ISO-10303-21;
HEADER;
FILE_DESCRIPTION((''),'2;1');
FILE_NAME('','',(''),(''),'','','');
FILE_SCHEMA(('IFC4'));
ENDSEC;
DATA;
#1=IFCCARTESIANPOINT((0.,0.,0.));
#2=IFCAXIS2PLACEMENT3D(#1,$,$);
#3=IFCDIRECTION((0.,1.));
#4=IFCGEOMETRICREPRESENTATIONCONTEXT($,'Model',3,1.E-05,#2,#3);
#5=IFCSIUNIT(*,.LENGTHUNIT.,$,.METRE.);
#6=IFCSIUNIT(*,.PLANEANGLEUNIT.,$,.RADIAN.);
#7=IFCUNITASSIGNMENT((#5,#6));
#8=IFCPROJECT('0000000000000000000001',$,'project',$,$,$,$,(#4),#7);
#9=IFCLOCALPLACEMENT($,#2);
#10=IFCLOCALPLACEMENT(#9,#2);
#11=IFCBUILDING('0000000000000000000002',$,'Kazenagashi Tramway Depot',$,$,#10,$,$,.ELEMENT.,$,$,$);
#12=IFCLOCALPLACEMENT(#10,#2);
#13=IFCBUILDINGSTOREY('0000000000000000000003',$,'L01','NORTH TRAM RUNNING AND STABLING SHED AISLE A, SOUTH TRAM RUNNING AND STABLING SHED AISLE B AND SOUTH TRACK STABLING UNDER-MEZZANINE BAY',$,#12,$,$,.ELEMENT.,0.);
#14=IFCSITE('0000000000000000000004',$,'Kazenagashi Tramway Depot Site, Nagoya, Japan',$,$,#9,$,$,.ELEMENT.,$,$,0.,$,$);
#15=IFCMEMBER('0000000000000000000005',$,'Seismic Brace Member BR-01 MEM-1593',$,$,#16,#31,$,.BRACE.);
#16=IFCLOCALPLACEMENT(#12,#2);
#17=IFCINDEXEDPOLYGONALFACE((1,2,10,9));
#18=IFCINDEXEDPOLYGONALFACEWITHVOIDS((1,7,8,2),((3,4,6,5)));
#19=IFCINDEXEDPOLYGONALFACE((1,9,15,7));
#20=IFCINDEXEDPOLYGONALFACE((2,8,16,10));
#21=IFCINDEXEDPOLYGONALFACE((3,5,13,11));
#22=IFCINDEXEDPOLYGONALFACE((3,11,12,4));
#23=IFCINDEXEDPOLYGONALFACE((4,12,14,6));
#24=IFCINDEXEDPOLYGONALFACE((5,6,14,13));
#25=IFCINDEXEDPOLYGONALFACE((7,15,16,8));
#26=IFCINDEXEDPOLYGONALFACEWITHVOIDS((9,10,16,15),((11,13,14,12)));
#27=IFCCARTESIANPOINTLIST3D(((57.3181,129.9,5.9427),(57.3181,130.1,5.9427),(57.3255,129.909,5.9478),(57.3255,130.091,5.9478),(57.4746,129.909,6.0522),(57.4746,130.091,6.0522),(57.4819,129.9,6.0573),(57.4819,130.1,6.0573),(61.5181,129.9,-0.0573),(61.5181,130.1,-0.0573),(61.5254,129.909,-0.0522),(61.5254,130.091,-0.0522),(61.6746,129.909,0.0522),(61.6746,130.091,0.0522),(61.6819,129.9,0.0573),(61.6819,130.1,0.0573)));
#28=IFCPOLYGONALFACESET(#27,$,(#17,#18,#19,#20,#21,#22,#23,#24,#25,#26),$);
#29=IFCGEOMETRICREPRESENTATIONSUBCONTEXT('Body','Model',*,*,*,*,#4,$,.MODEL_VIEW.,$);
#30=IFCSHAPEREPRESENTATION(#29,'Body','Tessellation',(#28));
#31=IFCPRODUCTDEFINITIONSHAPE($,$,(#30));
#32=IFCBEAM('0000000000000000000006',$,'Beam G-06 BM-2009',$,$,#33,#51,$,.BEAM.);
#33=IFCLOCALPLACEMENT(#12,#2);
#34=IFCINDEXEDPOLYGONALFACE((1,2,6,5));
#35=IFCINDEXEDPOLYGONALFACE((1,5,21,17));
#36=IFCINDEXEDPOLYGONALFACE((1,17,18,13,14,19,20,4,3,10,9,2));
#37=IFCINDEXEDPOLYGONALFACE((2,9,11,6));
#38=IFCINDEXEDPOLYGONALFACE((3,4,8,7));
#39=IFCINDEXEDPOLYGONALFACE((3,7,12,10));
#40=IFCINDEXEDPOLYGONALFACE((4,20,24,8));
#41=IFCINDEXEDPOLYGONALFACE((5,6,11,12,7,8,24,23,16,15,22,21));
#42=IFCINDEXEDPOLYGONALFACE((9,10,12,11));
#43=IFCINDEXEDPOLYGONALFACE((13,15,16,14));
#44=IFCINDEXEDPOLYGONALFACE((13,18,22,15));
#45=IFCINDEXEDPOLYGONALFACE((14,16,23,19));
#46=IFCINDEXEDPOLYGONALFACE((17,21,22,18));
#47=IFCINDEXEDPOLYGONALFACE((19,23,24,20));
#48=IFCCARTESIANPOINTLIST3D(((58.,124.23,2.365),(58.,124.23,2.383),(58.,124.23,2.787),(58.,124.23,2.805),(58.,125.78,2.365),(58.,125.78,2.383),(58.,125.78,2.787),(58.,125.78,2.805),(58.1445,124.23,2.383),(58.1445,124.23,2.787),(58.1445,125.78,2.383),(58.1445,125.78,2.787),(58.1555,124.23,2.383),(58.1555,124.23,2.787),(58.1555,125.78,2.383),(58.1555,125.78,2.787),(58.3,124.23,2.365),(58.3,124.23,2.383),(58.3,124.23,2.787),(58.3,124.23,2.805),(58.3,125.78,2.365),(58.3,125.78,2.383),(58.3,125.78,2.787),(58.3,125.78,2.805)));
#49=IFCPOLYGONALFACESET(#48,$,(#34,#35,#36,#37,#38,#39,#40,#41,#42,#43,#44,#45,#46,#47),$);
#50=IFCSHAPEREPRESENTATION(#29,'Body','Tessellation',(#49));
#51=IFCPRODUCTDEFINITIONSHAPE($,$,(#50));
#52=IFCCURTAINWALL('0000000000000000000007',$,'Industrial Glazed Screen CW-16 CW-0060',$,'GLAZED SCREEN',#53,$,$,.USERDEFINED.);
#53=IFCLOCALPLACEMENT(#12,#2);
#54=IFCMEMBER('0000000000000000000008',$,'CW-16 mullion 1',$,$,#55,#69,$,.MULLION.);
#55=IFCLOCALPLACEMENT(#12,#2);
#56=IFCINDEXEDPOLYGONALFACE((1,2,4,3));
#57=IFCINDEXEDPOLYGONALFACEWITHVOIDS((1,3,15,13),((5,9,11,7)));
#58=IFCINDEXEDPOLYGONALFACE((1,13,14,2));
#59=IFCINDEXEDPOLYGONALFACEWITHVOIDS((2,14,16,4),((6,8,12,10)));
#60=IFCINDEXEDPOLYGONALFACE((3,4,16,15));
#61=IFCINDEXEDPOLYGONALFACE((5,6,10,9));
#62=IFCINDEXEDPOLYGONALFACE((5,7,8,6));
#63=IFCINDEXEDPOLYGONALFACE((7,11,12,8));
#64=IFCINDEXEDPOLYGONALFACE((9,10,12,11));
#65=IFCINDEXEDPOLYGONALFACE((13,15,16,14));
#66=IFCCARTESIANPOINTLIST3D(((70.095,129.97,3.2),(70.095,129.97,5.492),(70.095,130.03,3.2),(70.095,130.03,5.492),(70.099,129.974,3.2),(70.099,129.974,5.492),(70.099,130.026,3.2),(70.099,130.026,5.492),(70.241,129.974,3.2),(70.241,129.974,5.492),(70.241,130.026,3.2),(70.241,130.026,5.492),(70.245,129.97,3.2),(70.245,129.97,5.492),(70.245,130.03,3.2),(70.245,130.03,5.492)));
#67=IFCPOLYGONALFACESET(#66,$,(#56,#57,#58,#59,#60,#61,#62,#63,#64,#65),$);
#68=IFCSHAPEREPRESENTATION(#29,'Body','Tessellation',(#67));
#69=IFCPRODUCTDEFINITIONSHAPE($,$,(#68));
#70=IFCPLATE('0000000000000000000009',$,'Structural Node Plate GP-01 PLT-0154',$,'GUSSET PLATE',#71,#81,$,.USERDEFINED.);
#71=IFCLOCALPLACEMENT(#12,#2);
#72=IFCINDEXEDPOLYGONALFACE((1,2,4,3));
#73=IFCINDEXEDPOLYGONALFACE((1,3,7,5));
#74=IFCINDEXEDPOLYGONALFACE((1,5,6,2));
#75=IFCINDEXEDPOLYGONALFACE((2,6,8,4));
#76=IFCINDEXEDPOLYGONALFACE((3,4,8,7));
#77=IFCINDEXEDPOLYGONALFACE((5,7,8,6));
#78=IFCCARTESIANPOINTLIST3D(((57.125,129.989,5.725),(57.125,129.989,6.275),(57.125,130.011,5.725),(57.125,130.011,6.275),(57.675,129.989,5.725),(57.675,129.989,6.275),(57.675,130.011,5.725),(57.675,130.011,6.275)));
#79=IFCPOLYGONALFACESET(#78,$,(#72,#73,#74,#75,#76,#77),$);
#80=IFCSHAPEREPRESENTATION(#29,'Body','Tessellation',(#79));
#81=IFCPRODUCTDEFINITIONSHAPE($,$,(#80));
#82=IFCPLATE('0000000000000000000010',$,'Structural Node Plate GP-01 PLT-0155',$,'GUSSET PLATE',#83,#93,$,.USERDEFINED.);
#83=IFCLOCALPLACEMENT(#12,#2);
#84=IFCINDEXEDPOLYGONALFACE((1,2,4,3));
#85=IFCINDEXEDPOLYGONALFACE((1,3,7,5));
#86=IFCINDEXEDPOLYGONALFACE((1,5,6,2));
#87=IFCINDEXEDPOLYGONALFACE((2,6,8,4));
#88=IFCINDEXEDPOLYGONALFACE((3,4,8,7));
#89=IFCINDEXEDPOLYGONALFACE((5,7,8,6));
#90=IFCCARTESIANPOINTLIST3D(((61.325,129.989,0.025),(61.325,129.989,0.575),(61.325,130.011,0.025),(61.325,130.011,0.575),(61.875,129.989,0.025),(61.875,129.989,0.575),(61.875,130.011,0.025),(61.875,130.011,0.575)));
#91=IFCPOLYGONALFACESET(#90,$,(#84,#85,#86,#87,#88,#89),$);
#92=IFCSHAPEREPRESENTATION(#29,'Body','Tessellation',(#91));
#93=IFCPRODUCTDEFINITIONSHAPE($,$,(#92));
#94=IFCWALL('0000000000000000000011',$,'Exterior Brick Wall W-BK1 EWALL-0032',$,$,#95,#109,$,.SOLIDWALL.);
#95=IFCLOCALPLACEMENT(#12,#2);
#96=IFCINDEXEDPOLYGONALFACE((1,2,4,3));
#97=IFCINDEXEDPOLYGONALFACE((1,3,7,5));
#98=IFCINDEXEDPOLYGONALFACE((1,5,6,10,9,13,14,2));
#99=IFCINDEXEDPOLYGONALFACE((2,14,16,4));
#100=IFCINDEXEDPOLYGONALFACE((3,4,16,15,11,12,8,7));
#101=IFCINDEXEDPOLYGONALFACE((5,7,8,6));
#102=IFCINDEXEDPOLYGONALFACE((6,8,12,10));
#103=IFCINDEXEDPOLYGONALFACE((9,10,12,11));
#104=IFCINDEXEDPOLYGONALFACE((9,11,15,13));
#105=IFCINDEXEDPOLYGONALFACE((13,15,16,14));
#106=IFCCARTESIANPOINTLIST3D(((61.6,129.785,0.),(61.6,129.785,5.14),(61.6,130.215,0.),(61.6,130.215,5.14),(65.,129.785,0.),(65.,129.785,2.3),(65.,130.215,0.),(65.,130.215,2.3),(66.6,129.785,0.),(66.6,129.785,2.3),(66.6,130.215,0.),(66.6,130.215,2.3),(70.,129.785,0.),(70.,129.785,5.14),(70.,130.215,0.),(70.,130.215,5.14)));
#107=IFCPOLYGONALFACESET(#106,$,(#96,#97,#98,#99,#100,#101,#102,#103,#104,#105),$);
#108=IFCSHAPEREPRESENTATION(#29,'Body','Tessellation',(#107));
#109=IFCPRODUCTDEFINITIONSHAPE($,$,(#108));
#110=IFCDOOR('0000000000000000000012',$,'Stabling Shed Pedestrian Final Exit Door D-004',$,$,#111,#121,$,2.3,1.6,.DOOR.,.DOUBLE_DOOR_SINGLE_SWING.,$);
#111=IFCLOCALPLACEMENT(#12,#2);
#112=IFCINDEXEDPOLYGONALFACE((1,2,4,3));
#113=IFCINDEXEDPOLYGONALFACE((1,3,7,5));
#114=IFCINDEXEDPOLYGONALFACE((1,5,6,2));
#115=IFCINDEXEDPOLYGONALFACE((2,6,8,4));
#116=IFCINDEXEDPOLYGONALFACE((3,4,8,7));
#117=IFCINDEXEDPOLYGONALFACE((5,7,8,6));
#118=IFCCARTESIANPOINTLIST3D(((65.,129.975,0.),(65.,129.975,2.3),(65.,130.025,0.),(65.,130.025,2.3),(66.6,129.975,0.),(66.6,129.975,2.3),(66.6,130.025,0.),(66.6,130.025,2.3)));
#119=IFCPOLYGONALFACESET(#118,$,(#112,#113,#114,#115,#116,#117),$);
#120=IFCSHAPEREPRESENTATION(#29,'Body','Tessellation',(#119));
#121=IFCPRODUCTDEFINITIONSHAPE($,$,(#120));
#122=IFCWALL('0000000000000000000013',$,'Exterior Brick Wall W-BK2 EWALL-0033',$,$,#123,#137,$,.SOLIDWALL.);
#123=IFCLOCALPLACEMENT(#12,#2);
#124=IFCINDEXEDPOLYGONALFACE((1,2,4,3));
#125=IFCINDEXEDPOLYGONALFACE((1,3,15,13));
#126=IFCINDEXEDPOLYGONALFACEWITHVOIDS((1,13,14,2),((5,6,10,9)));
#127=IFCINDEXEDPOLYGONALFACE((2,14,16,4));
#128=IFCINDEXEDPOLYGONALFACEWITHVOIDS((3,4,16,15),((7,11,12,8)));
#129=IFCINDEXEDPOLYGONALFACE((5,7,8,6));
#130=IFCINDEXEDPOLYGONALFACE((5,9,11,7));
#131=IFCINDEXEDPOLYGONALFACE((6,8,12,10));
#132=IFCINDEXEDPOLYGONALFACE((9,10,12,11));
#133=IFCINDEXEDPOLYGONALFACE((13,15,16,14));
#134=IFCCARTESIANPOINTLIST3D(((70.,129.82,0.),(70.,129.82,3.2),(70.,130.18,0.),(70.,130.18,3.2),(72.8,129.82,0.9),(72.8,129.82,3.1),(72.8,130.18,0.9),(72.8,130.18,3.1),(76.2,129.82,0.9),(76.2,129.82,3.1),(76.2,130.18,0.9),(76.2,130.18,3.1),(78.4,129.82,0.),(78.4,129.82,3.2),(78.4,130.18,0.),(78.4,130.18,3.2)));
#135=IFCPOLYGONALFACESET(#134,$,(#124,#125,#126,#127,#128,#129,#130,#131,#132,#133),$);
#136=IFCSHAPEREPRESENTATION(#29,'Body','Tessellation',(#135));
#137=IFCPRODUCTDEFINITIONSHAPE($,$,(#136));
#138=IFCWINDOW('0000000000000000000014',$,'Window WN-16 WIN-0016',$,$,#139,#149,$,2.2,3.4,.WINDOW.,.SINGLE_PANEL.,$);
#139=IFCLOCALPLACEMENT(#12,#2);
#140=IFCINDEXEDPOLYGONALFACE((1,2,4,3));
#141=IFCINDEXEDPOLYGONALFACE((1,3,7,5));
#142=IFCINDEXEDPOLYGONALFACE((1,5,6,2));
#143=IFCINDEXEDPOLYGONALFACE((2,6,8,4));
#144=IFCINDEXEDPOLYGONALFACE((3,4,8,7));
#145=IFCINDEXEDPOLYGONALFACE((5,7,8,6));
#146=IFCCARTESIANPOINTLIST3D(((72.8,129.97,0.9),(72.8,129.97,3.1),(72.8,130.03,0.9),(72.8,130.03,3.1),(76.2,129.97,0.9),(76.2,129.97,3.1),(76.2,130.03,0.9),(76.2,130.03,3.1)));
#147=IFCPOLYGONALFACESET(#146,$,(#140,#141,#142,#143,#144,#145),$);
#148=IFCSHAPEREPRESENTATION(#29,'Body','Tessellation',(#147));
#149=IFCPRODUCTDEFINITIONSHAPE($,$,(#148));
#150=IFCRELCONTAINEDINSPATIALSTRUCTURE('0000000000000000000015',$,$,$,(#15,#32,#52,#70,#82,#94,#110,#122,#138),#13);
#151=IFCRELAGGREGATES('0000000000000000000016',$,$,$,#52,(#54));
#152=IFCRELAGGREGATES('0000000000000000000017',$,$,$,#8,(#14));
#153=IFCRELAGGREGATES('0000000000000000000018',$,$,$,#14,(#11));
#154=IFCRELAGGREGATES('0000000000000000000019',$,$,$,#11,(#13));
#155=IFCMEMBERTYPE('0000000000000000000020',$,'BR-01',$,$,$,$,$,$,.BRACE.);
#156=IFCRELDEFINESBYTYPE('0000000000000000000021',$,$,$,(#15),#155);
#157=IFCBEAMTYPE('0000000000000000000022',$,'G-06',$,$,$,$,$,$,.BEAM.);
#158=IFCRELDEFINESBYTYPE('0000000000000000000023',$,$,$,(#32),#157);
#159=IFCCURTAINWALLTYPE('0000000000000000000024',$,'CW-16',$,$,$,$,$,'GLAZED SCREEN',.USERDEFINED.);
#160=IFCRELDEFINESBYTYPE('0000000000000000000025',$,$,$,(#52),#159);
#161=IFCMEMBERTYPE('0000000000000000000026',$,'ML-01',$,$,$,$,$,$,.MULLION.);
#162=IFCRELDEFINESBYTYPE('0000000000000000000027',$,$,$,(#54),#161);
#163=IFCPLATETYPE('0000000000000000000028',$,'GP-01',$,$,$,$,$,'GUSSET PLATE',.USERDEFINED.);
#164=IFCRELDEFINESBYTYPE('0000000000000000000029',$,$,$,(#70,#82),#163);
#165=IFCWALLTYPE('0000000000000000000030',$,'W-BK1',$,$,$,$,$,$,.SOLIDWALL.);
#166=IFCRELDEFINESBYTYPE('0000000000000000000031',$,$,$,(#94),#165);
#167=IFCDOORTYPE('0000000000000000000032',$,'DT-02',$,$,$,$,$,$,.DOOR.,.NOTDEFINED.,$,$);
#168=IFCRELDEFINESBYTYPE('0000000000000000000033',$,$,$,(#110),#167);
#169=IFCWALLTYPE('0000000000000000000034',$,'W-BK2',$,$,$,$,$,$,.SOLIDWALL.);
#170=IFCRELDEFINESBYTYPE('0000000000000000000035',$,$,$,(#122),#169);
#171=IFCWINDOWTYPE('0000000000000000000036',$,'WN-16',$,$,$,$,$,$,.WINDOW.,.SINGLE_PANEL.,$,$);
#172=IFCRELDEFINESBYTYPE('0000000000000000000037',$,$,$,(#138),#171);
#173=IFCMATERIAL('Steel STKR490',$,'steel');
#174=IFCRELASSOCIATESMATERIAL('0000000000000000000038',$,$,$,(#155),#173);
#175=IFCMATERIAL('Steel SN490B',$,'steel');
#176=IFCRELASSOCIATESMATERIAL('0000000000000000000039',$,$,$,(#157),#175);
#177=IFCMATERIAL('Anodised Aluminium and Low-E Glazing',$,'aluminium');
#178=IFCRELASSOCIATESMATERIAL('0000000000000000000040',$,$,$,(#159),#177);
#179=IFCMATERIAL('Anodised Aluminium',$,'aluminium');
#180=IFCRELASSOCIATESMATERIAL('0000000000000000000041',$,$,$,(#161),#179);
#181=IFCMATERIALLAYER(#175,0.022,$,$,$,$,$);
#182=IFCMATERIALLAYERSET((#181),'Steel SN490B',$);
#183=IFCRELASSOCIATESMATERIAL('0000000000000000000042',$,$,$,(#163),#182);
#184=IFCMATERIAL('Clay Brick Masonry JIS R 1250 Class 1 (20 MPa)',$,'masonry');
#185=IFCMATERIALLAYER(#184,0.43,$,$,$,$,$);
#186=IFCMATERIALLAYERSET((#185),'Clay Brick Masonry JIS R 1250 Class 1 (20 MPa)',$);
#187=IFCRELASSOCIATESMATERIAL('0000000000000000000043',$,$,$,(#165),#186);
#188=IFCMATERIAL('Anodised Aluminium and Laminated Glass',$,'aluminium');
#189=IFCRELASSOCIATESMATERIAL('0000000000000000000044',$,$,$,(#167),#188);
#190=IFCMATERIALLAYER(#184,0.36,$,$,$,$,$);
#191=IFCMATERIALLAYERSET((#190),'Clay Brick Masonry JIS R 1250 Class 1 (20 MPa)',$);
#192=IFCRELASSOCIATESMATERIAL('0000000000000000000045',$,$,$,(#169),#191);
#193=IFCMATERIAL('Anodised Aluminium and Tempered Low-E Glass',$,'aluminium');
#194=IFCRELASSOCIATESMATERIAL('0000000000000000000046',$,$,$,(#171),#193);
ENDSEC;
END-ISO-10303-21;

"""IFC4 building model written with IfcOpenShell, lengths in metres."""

from ifc_helpers import new_model, si_unit, direction, frame, frame_2d, origin, origin_2d, place, context, subcontext, project, spatial, rectangle, hollow_rectangle, i_section, extrude, material, layer, layer_set, material_profile, profile_set, type_object, element, fill, aggregate, save


model = new_model("IFC4")

# Units and contexts
model_context = context("Model", 3, precision=1e-05, world=origin(), true_north=direction((0.0, 1.0)))
body_context = subcontext(model_context, "Body", "Model", "MODEL_VIEW")
ifc_project = project(units=[si_unit("LENGTHUNIT", "METRE"), si_unit("PLANEANGLEUNIT", "RADIAN")], contexts=[model_context])

# Site, building, storey
site_placement = place(None, origin())
site = spatial("IfcSite", under=ifc_project, at=site_placement, Name="Kazenagashi Tramway Depot Site, Nagoya, Japan", CompositionType="ELEMENT", RefElevation=0.0)
building_placement = place(site_placement, origin())
building = spatial("IfcBuilding", under=site, at=building_placement, Name="Kazenagashi Tramway Depot", CompositionType="ELEMENT")
storey_placement = place(building_placement, origin())
storey = spatial("IfcBuildingStorey", under=building, at=storey_placement, Name="L01", Description="NORTH TRAM RUNNING AND STABLING SHED AISLE A, SOUTH TRAM RUNNING AND STABLING SHED AISLE B AND SOUTH TRACK STABLING UNDER-MEZZANINE BAY", CompositionType="ELEMENT", Elevation=0.0)

# Shared definitions
ifc_material_1 = material(Name="Steel SN490B", Category="steel")
ifc_material_2 = material(Name="Steel STKR490", Category="steel")

# Member
ifc_material_profile_1 = material_profile(ifc_material_2, hollow_rectangle(XDim=0.2, YDim=0.2, WallThickness=0.009, at=origin_2d()), Name="SHS-200x200x9")
ifc_profile_set_1 = profile_set([ifc_material_profile_1], Name="Steel STKR490")
member_type_1 = type_object("IfcMemberType", Name="BR-01", PredefinedType="BRACE", material=ifc_profile_set_1)
member_1_placement = place(storey_placement, frame((61.6, 130.0, 0.0), z_axis=(-0.573462, 0.0, 0.819232), x_axis=(0.0, -1.0, 0.0)))
element("IfcMember", 1, at=member_1_placement, inside=storey, type_object=member_type_1, Name="Seismic Brace Member BR-01 MEM-1593", PredefinedType="BRACE", context=body_context, shape_type="SweptSolid", body=[
    extrude(hollow_rectangle(XDim=0.2, YDim=0.2, WallThickness=0.009, at=origin_2d()), origin(), (0.0, 0.0, 1.0), 7.3239),
])

# Beam
ifc_material_profile_2 = material_profile(ifc_material_1, i_section(OverallWidth=0.3, OverallDepth=0.44, WebThickness=0.011, FlangeThickness=0.018, at=origin_2d()), Name="H-440x300x11x18")
ifc_profile_set_2 = profile_set([ifc_material_profile_2], Name="Steel SN490B")
beam_type = type_object("IfcBeamType", Name="G-06", PredefinedType="BEAM", material=ifc_profile_set_2)
beam_placement = place(storey_placement, frame((58.15, 124.23, 2.585), z_axis=(0.0, 1.0, 0.0), x_axis=(-1.0, 0.0, 0.0)))
element("IfcBeam", 2, at=beam_placement, inside=storey, type_object=beam_type, Name="Beam G-06 BM-2009", PredefinedType="BEAM", context=body_context, shape_type="SweptSolid", body=[
    extrude(i_section(OverallWidth=0.3, OverallDepth=0.44, WebThickness=0.011, FlangeThickness=0.018, at=origin_2d()), origin(), (0.0, 0.0, 1.0), 1.55),
])

# Curtain wall, member
ifc_material_3 = material(Name="Anodised Aluminium and Low-E Glazing", Category="aluminium")
curtain_wall_type = type_object("IfcCurtainWallType", Name="CW-16", ElementType="GLAZED SCREEN", PredefinedType="USERDEFINED", material=ifc_material_3)
curtain_wall_placement = place(storey_placement, origin())
curtain_wall = element("IfcCurtainWall", 3, at=curtain_wall_placement, inside=storey, type_object=curtain_wall_type, Name="Industrial Glazed Screen CW-16 CW-0060", ObjectType="GLAZED SCREEN", PredefinedType="USERDEFINED")
ifc_material_4 = material(Name="Anodised Aluminium", Category="aluminium")
ifc_material_profile_3 = material_profile(ifc_material_4, hollow_rectangle(XDim=0.06, YDim=0.15, WallThickness=0.004, at=origin_2d()), Name="RHS-150x60x4")
ifc_profile_set_3 = profile_set([ifc_material_profile_3], Name="Anodised Aluminium")
member_type_2 = type_object("IfcMemberType", Name="ML-01", PredefinedType="MULLION", material=ifc_profile_set_3)
member_2_placement = place(storey_placement, frame((70.17, 130.0, 3.2), z_axis=(0.0, 0.0, 1.0), x_axis=(0.0, 1.0, 0.0)))
member_2 = element("IfcMember", 4, at=member_2_placement, type_object=member_type_2, Name="CW-16 mullion 1", PredefinedType="MULLION", context=body_context, shape_type="SweptSolid", body=[
    extrude(hollow_rectangle(XDim=0.06, YDim=0.15, WallThickness=0.004, at=origin_2d()), origin(), (0.0, 0.0, 1.0), 2.292),
])
aggregate(curtain_wall, [member_2])

# Plates
ifc_layer_1 = layer(ifc_material_1, 0.022)
ifc_layer_set_1 = layer_set([ifc_layer_1], Name="Steel SN490B")
plate_type = type_object("IfcPlateType", Name="GP-01", ElementType="GUSSET PLATE", PredefinedType="USERDEFINED", material=ifc_layer_set_1)
for number, where, z_axis, x_axis, name in (
    (5, (57.4, 130.0, 5.725), (0.0, 0.0, 1.0), (1.0, 0.0, 0.0), "Structural Node Plate GP-01 PLT-0154"),
    (6, (61.6, 130.0, 0.025), (0.0, 0.0, 1.0), (1.0, 0.0, 0.0), "Structural Node Plate GP-01 PLT-0155"),
):
    element("IfcPlate", number, at=place(storey_placement, frame(where, z_axis=z_axis, x_axis=x_axis)), inside=storey, type_object=plate_type, Name=name, ObjectType="GUSSET PLATE", PredefinedType="USERDEFINED", context=body_context, shape_type="SweptSolid", body=[
        extrude(rectangle(XDim=0.55, YDim=0.022, at=origin_2d()), origin(), (0.0, 0.0, 1.0), 0.55),
    ])

# Wall, opening, door
ifc_material_5 = material(Name="Clay Brick Masonry JIS R 1250 Class 1 (20 MPa)", Category="masonry")
ifc_layer_2 = layer(ifc_material_5, 0.43)
ifc_layer_set_2 = layer_set([ifc_layer_2], Name="Clay Brick Masonry JIS R 1250 Class 1 (20 MPa)")
wall_type_1 = type_object("IfcWallType", Name="W-BK1", PredefinedType="SOLIDWALL", material=ifc_layer_set_2)
wall_1_placement = place(storey_placement, frame((61.6, 130.0, 0.0), z_axis=(0.0, 0.0, 1.0), x_axis=(1.0, 0.0, 0.0)))
wall_1 = element("IfcWall", 7, at=wall_1_placement, inside=storey, type_object=wall_type_1, Name="Exterior Brick Wall W-BK1 EWALL-0032", PredefinedType="SOLIDWALL", context=body_context, shape_type="SweptSolid", body=[
    extrude(rectangle(XDim=8.4, YDim=0.43, at=frame_2d((4.2, 0.0))), origin(), (0.0, 0.0, 1.0), 5.14),
])
opening_1_placement = place(wall_1_placement, frame((3.4, 0.0, 0.0)))
opening_1 = element("IfcOpeningElement", 8, at=opening_1_placement, cuts=wall_1, PredefinedType="OPENING", context=body_context, shape_type="SweptSolid", body=[
    extrude(rectangle(XDim=1.6, YDim=2.3, at=frame_2d((0.8, 1.15))), frame((0.0, 0.225, 0.0), z_axis=(0.0, -1.0, 0.0), x_axis=(1.0, 0.0, 0.0)), (0.0, 0.0, 1.0), 0.45),
])
ifc_material_6 = material(Name="Anodised Aluminium and Laminated Glass", Category="aluminium")
door_type = type_object("IfcDoorType", Name="DT-02", OperationType="NOTDEFINED", PredefinedType="DOOR", material=ifc_material_6)
door_placement = place(opening_1_placement, origin())
door = element("IfcDoor", 9, at=door_placement, inside=storey, type_object=door_type, Name="Stabling Shed Pedestrian Final Exit Door D-004", OperationType="DOUBLE_DOOR_SINGLE_SWING", OverallHeight=2.3, OverallWidth=1.6, PredefinedType="DOOR", context=body_context, shape_type="SweptSolid", body=[
    extrude(rectangle(XDim=1.6, YDim=2.3, at=frame_2d((0.8, 1.15))), frame((0.0, 0.025, 0.0), z_axis=(0.0, -1.0, 0.0), x_axis=(1.0, 0.0, 0.0)), (0.0, 0.0, 1.0), 0.05),
])
fill(opening_1, door)

# Wall, opening, window
ifc_layer_3 = layer(ifc_material_5, 0.36)
ifc_layer_set_3 = layer_set([ifc_layer_3], Name="Clay Brick Masonry JIS R 1250 Class 1 (20 MPa)")
wall_type_2 = type_object("IfcWallType", Name="W-BK2", PredefinedType="SOLIDWALL", material=ifc_layer_set_3)
wall_2_placement = place(storey_placement, frame((70.0, 130.0, 0.0), z_axis=(0.0, 0.0, 1.0), x_axis=(1.0, 0.0, 0.0)))
wall_2 = element("IfcWall", 10, at=wall_2_placement, inside=storey, type_object=wall_type_2, Name="Exterior Brick Wall W-BK2 EWALL-0033", PredefinedType="SOLIDWALL", context=body_context, shape_type="SweptSolid", body=[
    extrude(rectangle(XDim=8.4, YDim=0.36, at=frame_2d((4.2, 0.0))), origin(), (0.0, 0.0, 1.0), 3.2),
])
opening_2_placement = place(wall_2_placement, frame((2.8, 0.0, 0.9)))
opening_2 = element("IfcOpeningElement", 11, at=opening_2_placement, cuts=wall_2, PredefinedType="OPENING", context=body_context, shape_type="SweptSolid", body=[
    extrude(rectangle(XDim=3.4, YDim=2.2, at=frame_2d((1.7, 1.1))), frame((0.0, 0.19, 0.0), z_axis=(0.0, -1.0, 0.0), x_axis=(1.0, 0.0, 0.0)), (0.0, 0.0, 1.0), 0.38),
])
ifc_material_7 = material(Name="Anodised Aluminium and Tempered Low-E Glass", Category="aluminium")
window_type = type_object("IfcWindowType", Name="WN-16", PartitioningType="SINGLE_PANEL", PredefinedType="WINDOW", material=ifc_material_7)
window_placement = place(opening_2_placement, origin())
window = element("IfcWindow", 12, at=window_placement, inside=storey, type_object=window_type, Name="Window WN-16 WIN-0016", OverallHeight=2.2, OverallWidth=3.4, PartitioningType="SINGLE_PANEL", PredefinedType="WINDOW", context=body_context, shape_type="SweptSolid", body=[
    extrude(rectangle(XDim=3.4, YDim=2.2, at=frame_2d((1.7, 1.1))), frame((0.0, 0.03, 0.0), z_axis=(0.0, -1.0, 0.0), x_axis=(1.0, 0.0, 0.0)), (0.0, 0.0, 1.0), 0.06),
])
fill(opening_2, window)

save(model, "model.ifc")
